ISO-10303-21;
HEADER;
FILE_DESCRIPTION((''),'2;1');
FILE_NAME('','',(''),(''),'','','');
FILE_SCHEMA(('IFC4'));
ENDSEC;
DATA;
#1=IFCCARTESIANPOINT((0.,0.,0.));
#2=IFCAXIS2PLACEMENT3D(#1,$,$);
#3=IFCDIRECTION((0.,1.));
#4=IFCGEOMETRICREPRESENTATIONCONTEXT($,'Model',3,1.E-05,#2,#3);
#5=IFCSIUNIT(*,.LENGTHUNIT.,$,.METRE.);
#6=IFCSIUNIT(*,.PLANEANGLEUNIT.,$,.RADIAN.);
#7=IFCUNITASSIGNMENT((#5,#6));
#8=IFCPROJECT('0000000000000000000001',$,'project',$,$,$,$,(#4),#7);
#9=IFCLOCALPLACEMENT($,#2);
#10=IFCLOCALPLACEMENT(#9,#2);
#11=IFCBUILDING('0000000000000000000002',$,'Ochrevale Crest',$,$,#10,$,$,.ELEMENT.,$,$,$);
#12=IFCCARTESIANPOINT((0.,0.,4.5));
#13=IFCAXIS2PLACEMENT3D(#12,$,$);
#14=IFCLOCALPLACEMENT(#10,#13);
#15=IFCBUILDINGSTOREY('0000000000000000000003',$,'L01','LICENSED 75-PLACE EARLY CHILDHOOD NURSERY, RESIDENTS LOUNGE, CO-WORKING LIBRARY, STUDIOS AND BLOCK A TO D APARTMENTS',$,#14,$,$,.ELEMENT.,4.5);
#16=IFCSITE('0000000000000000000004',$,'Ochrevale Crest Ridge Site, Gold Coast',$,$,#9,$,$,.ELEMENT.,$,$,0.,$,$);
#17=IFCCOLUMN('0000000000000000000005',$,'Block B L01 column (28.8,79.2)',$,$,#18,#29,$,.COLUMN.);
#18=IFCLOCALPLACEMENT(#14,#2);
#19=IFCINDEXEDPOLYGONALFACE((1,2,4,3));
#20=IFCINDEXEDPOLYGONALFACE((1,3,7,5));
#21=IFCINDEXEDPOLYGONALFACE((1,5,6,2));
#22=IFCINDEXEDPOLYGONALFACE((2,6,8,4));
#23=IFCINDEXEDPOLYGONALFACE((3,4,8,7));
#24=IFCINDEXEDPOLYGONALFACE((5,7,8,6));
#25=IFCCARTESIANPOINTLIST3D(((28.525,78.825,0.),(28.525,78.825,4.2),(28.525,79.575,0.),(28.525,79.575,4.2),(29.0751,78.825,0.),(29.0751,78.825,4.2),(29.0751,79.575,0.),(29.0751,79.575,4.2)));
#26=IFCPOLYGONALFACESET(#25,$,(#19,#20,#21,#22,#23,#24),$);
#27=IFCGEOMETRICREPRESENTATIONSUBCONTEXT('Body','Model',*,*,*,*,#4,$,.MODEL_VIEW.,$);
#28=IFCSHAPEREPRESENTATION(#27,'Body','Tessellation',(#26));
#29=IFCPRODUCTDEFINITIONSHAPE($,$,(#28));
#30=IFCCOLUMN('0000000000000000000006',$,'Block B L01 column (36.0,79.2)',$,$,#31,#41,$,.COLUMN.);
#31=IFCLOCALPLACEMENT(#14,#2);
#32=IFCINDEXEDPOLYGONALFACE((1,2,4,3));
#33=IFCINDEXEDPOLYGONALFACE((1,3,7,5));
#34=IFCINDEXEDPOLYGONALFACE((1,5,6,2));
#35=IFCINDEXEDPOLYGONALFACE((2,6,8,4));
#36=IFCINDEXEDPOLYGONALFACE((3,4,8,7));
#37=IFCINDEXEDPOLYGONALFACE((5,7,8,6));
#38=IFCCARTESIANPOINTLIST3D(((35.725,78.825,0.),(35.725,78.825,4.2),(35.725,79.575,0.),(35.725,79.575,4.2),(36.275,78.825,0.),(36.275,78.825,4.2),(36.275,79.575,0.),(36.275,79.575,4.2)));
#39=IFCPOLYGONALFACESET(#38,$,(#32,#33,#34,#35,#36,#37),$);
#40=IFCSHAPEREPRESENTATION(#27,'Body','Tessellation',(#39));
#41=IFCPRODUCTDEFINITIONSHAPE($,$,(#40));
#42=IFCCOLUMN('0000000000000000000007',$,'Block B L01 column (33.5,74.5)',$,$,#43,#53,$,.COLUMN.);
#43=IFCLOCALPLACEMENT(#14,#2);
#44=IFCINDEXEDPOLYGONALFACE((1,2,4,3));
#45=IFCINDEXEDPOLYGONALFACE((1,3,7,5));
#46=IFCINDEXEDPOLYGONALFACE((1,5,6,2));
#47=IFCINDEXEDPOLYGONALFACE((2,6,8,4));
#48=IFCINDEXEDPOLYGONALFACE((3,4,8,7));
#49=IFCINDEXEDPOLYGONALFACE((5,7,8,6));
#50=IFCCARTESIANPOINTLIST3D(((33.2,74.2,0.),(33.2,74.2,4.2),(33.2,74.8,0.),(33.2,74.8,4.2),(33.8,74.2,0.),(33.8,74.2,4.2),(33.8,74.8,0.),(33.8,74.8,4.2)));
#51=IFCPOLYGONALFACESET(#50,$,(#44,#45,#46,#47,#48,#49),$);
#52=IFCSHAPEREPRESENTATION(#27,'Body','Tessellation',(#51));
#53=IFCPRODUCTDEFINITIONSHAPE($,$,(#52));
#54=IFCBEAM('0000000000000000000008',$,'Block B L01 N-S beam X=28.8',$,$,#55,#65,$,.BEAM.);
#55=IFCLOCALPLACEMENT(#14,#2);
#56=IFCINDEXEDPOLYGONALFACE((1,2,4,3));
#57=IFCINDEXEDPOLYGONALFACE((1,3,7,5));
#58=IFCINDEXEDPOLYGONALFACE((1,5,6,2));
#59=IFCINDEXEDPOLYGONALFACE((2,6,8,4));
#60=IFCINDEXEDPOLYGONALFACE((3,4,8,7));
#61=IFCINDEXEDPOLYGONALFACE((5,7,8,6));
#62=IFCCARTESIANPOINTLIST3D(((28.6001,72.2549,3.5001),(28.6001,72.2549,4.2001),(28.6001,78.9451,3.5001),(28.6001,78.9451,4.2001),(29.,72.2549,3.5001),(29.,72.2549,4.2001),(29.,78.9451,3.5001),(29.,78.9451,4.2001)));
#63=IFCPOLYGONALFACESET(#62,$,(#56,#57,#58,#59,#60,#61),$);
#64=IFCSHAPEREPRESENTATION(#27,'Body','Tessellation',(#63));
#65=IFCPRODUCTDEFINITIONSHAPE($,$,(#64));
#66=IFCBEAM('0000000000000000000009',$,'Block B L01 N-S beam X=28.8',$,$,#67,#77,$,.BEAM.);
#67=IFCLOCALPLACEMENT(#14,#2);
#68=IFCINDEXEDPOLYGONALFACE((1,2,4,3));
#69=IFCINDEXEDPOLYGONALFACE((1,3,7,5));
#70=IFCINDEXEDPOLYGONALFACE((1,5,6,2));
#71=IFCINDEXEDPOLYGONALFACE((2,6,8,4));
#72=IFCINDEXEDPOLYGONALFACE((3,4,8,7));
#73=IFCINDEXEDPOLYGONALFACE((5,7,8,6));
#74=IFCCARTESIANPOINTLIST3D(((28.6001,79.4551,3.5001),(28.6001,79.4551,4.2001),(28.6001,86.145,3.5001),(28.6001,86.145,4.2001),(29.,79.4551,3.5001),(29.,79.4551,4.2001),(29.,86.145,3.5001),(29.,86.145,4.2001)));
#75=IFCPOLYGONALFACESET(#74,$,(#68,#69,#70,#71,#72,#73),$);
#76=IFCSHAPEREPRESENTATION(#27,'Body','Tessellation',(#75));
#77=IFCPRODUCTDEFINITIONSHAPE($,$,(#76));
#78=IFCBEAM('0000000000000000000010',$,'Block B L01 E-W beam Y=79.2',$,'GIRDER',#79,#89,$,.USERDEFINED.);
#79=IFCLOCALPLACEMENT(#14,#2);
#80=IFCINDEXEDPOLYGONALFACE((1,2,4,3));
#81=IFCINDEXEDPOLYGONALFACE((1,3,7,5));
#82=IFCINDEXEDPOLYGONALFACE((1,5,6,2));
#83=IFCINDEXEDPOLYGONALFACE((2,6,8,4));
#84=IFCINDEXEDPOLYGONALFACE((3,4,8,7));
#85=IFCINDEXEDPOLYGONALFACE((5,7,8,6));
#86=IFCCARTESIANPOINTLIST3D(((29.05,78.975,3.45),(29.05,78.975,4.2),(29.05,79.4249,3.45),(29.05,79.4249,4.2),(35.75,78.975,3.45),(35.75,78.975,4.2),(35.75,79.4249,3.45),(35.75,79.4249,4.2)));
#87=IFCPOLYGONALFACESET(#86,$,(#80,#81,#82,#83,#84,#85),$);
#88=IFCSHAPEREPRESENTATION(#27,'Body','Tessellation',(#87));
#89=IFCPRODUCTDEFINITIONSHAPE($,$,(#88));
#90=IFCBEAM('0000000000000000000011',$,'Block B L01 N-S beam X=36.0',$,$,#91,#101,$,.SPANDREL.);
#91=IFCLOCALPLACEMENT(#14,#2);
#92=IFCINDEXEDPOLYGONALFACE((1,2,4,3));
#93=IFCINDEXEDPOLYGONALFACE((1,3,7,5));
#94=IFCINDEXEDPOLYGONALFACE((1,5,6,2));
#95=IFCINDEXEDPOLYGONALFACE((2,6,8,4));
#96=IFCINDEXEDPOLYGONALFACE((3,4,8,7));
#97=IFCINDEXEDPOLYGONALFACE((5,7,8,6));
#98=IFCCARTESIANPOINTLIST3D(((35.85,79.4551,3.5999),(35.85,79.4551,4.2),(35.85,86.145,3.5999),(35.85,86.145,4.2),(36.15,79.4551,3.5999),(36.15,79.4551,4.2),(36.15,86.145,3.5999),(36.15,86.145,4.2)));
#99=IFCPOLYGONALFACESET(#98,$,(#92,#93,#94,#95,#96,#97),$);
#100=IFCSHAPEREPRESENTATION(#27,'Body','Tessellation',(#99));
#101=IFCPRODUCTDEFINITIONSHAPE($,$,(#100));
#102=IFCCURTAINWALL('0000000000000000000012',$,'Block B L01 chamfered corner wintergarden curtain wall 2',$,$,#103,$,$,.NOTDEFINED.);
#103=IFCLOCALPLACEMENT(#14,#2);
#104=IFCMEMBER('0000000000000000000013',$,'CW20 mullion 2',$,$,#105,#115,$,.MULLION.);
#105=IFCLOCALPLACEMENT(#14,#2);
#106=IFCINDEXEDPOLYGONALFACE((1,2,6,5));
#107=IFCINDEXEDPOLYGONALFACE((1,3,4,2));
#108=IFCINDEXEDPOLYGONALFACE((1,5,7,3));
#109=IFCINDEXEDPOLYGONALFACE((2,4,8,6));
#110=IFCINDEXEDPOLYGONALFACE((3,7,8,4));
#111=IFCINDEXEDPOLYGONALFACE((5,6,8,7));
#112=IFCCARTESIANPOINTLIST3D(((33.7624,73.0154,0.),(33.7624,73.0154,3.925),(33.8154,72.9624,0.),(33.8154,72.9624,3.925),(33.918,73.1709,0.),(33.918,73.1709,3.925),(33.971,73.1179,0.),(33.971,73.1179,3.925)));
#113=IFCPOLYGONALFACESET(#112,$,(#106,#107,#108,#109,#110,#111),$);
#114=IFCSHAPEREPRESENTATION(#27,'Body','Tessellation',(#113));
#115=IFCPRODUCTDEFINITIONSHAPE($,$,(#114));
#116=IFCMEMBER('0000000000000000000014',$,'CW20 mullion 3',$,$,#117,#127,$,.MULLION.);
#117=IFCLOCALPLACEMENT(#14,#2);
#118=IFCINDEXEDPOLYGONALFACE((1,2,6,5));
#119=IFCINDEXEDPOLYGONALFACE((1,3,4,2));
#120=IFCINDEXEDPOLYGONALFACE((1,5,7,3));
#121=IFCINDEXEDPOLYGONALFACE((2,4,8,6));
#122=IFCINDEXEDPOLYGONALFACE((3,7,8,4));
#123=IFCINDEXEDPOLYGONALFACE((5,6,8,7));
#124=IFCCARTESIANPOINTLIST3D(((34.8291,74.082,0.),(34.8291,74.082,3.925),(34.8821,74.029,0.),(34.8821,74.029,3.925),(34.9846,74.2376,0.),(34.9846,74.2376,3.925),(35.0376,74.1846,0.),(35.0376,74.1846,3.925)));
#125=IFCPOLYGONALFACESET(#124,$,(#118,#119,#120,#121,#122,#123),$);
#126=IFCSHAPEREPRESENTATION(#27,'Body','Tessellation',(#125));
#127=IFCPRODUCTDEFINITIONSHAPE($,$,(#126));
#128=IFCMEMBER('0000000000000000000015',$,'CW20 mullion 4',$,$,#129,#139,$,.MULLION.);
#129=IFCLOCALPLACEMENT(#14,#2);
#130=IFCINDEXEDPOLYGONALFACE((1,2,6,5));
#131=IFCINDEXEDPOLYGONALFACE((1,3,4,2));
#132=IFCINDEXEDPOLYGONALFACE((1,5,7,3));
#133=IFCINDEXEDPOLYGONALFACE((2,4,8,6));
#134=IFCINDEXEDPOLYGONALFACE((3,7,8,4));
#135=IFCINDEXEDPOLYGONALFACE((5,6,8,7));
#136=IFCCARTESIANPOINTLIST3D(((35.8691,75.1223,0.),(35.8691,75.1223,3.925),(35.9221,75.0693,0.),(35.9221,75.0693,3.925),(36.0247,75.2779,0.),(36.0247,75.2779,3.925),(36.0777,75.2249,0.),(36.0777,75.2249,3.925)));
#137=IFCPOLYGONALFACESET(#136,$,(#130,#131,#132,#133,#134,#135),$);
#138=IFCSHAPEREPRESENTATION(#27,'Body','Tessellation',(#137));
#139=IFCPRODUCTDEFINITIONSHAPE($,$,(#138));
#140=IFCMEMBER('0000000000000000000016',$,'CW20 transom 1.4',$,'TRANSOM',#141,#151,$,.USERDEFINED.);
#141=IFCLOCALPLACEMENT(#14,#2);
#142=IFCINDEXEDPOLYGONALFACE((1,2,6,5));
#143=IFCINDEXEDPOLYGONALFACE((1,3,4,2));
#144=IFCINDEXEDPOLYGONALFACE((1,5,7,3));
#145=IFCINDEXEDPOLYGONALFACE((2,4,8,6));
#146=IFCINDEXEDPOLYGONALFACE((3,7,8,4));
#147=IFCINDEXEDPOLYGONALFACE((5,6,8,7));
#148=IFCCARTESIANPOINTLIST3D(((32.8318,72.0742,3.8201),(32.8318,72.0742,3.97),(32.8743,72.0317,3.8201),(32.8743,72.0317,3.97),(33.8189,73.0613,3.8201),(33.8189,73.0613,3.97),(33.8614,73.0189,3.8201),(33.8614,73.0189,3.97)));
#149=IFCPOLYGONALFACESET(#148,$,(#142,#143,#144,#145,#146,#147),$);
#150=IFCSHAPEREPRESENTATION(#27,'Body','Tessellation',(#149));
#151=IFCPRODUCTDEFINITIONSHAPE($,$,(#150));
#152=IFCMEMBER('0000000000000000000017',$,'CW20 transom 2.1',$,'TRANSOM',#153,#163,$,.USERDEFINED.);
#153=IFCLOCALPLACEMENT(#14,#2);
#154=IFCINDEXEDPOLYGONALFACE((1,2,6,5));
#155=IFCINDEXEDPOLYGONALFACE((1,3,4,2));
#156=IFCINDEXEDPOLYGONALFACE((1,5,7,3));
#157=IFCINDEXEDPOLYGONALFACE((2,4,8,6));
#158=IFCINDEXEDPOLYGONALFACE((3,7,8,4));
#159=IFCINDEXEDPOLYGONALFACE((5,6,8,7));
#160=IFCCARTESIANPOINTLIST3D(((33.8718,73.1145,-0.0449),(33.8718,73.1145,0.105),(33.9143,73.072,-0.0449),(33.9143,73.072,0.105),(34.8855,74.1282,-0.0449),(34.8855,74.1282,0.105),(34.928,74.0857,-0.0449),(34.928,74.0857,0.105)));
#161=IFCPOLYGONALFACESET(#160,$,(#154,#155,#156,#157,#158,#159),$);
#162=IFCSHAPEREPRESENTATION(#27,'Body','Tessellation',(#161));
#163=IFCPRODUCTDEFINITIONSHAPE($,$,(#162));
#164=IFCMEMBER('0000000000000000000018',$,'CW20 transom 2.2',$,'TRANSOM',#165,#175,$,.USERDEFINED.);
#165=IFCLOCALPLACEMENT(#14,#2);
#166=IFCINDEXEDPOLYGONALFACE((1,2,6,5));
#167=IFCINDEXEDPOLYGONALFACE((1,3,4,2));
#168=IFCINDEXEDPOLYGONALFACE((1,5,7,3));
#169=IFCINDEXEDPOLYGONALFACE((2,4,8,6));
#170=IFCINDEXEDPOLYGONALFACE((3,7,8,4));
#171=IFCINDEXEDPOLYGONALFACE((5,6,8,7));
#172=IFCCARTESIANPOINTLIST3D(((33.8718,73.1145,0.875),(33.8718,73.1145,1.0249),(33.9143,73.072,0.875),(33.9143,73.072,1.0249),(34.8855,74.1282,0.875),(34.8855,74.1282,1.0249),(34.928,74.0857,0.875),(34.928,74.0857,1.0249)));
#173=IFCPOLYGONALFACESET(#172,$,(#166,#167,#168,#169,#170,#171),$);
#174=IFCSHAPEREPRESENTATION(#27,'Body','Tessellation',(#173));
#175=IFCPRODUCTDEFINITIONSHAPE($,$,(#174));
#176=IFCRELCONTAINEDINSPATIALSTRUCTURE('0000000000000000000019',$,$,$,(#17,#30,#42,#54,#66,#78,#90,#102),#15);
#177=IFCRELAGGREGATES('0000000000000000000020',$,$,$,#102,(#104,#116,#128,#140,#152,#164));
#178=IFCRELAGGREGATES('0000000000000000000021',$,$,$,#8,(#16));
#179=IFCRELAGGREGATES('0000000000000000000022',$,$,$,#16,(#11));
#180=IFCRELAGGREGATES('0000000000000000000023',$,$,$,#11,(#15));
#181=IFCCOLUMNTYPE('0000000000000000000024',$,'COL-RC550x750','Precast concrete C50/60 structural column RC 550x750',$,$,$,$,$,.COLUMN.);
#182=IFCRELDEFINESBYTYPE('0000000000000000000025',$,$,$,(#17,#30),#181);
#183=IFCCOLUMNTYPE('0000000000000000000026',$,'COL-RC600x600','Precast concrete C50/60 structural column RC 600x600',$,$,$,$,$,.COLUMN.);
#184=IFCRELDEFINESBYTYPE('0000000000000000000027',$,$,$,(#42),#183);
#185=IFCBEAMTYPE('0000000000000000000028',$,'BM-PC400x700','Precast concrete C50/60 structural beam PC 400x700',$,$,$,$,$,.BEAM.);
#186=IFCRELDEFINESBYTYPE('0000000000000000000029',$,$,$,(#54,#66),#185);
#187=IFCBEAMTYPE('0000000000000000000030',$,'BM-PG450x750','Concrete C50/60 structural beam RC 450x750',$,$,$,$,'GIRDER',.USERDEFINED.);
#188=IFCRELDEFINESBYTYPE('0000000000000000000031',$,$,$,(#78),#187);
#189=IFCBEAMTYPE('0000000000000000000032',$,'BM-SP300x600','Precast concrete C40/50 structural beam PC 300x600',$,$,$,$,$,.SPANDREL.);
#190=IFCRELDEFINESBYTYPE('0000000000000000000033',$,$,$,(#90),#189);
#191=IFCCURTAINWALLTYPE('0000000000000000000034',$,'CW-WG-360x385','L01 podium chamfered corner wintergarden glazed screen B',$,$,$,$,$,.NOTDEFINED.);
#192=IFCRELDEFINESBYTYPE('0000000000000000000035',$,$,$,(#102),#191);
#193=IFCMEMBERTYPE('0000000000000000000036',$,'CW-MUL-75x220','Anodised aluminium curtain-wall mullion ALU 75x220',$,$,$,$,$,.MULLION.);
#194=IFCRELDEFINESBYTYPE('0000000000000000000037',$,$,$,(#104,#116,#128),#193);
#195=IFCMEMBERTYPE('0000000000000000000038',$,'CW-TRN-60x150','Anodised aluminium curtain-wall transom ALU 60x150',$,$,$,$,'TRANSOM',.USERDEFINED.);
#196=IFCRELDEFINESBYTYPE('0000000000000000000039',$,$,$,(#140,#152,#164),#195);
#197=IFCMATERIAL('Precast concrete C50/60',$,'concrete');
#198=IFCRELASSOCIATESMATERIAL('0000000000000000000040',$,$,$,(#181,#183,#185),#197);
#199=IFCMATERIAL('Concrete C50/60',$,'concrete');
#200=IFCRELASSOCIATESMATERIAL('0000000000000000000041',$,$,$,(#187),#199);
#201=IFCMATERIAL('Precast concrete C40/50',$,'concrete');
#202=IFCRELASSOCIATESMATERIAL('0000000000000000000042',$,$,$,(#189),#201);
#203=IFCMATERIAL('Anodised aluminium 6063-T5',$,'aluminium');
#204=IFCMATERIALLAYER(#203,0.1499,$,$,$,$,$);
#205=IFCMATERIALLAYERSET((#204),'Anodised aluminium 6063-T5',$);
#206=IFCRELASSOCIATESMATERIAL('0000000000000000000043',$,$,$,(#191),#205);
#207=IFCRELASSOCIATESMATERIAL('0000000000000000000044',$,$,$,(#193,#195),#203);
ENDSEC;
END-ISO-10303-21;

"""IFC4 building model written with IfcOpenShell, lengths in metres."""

from ifc_helpers import new_model, si_unit, direction, frame, origin, origin_2d, place, context, subcontext, project, spatial, rectangle, extrude, material, layer, layer_set, material_profile, profile_set, type_object, element, aggregate, save


model = new_model("IFC4")

# Units and contexts
model_context = context("Model", 3, precision=1e-05, world=origin(), true_north=direction((0.0, 1.0)))
body_context = subcontext(model_context, "Body", "Model", "MODEL_VIEW")
ifc_project = project(units=[si_unit("LENGTHUNIT", "METRE"), si_unit("PLANEANGLEUNIT", "RADIAN")], contexts=[model_context])

# Site, building, storey
site_placement = place(None, origin())
site = spatial("IfcSite", under=ifc_project, at=site_placement, Name="Ochrevale Crest Ridge Site, Gold Coast", CompositionType="ELEMENT", RefElevation=0.0)
building_placement = place(site_placement, origin())
building = spatial("IfcBuilding", under=site, at=building_placement, Name="Ochrevale Crest", CompositionType="ELEMENT")
storey_placement = place(building_placement, frame((0.0, 0.0, 4.5)))
storey = spatial("IfcBuildingStorey", under=building, at=storey_placement, Name="L01", Description="LICENSED 75-PLACE EARLY CHILDHOOD NURSERY, RESIDENTS LOUNGE, CO-WORKING LIBRARY, STUDIOS AND BLOCK A TO D APARTMENTS", CompositionType="ELEMENT", Elevation=4.5)

# Columns
ifc_material_1 = material(Name="Precast concrete C50/60", Category="concrete")
ifc_material_profile_1 = material_profile(ifc_material_1, rectangle(XDim=0.55, YDim=0.75, at=origin_2d()), Name="RC 550x750")
ifc_profile_set_1 = profile_set([ifc_material_profile_1], Name="Precast concrete C50/60")
column_type_1 = type_object("IfcColumnType", Name="COL-RC550x750", Description="Precast concrete C50/60 structural column RC 550x750", PredefinedType="COLUMN", material=ifc_profile_set_1)
for number, where, z_axis, x_axis, name in (
    (1, (28.8, 79.2, 0.0), (0.0, 0.0, 1.0), (1.0, 0.0, 0.0), "Block B L01 column (28.8,79.2)"),
    (2, (36.0, 79.2, 0.0), (0.0, 0.0, 1.0), (1.0, 0.0, 0.0), "Block B L01 column (36.0,79.2)"),
):
    element("IfcColumn", number, at=place(storey_placement, frame(where, z_axis=z_axis, x_axis=x_axis)), inside=storey, type_object=column_type_1, Name=name, PredefinedType="COLUMN", context=body_context, shape_type="SweptSolid", body=[
        extrude(rectangle(XDim=0.55, YDim=0.75, at=origin_2d()), origin(), (0.0, 0.0, 1.0), 4.2),
    ])
ifc_material_profile_2 = material_profile(ifc_material_1, rectangle(XDim=0.6001, YDim=0.6001, at=origin_2d()), Name="RC 600x600")
ifc_profile_set_2 = profile_set([ifc_material_profile_2], Name="Precast concrete C50/60")
column_type_2 = type_object("IfcColumnType", Name="COL-RC600x600", Description="Precast concrete C50/60 structural column RC 600x600", PredefinedType="COLUMN", material=ifc_profile_set_2)
column_placement = place(storey_placement, frame((33.5, 74.5, 0.0), z_axis=(0.0, 0.0, 1.0), x_axis=(1.0, 0.0, 0.0)))
element("IfcColumn", 3, at=column_placement, inside=storey, type_object=column_type_2, Name="Block B L01 column (33.5,74.5)", PredefinedType="COLUMN", context=body_context, shape_type="SweptSolid", body=[
    extrude(rectangle(XDim=0.6001, YDim=0.6001, at=origin_2d()), origin(), (0.0, 0.0, 1.0), 4.2),
])

# Beams
ifc_material_profile_3 = material_profile(ifc_material_1, rectangle(XDim=0.3999, YDim=0.7, at=origin_2d()), Name="PC 400x700")
ifc_profile_set_3 = profile_set([ifc_material_profile_3], Name="Precast concrete C50/60")
beam_type_1 = type_object("IfcBeamType", Name="BM-PC400x700", Description="Precast concrete C50/60 structural beam PC 400x700", PredefinedType="BEAM", material=ifc_profile_set_3)
beam_1_placement = place(storey_placement, frame((28.8, 72.2549, 3.8501), z_axis=(0.0, 1.0, 0.0), x_axis=(-1.0, 0.0, 0.0)))
element("IfcBeam", 4, at=beam_1_placement, inside=storey, type_object=beam_type_1, Name="Block B L01 N-S beam X=28.8", PredefinedType="BEAM", context=body_context, shape_type="SweptSolid", body=[
    extrude(rectangle(XDim=0.3999, YDim=0.7, at=origin_2d()), origin(), (0.0, 0.0, 1.0), 6.6902),
])
beam_2_placement = place(storey_placement, frame((28.8, 79.4551, 3.8501), z_axis=(0.0, 1.0, 0.0), x_axis=(-1.0, 0.0, 0.0)))
element("IfcBeam", 5, at=beam_2_placement, inside=storey, type_object=beam_type_1, Name="Block B L01 N-S beam X=28.8", PredefinedType="BEAM", context=body_context, shape_type="SweptSolid", body=[
    extrude(rectangle(XDim=0.3999, YDim=0.7, at=origin_2d()), origin(), (0.0, 0.0, 1.0), 6.6899),
])
ifc_material_2 = material(Name="Concrete C50/60", Category="concrete")
ifc_material_profile_4 = material_profile(ifc_material_2, rectangle(XDim=0.45, YDim=0.75, at=origin_2d()), Name="RC 450x750")
ifc_profile_set_4 = profile_set([ifc_material_profile_4], Name="Concrete C50/60")
beam_type_2 = type_object("IfcBeamType", Name="BM-PG450x750", Description="Concrete C50/60 structural beam RC 450x750", ElementType="GIRDER", PredefinedType="USERDEFINED", material=ifc_profile_set_4)
beam_3_placement = place(storey_placement, frame((29.05, 79.2, 3.825), z_axis=(1.0, 0.0, 0.0), x_axis=(0.0, 1.0, 0.0)))
element("IfcBeam", 6, at=beam_3_placement, inside=storey, type_object=beam_type_2, Name="Block B L01 E-W beam Y=79.2", ObjectType="GIRDER", PredefinedType="USERDEFINED", context=body_context, shape_type="SweptSolid", body=[
    extrude(rectangle(XDim=0.45, YDim=0.75, at=origin_2d()), origin(), (0.0, 0.0, 1.0), 6.7),
])
ifc_material_3 = material(Name="Precast concrete C40/50", Category="concrete")
ifc_material_profile_5 = material_profile(ifc_material_3, rectangle(XDim=0.3, YDim=0.6001, at=origin_2d()), Name="PC 300x600")
ifc_profile_set_5 = profile_set([ifc_material_profile_5], Name="Precast concrete C40/50")
beam_type_3 = type_object("IfcBeamType", Name="BM-SP300x600", Description="Precast concrete C40/50 structural beam PC 300x600", PredefinedType="SPANDREL", material=ifc_profile_set_5)
beam_4_placement = place(storey_placement, frame((36.0, 79.4551, 3.8999), z_axis=(0.0, 1.0, 0.0), x_axis=(-1.0, 0.0, 0.0)))
element("IfcBeam", 7, at=beam_4_placement, inside=storey, type_object=beam_type_3, Name="Block B L01 N-S beam X=36.0", PredefinedType="SPANDREL", context=body_context, shape_type="SweptSolid", body=[
    extrude(rectangle(XDim=0.3, YDim=0.6001, at=origin_2d()), origin(), (0.0, 0.0, 1.0), 6.6899),
])

# Curtain wall, members
ifc_material_4 = material(Name="Anodised aluminium 6063-T5", Category="aluminium")
ifc_layer_1 = layer(ifc_material_4, 0.1499)
ifc_layer_set_1 = layer_set([ifc_layer_1], Name="Anodised aluminium 6063-T5")
curtain_wall_type = type_object("IfcCurtainWallType", Name="CW-WG-360x385", Description="L01 podium chamfered corner wintergarden glazed screen B", PredefinedType="NOTDEFINED", material=ifc_layer_set_1)
curtain_wall_placement = place(storey_placement, origin())
curtain_wall = element("IfcCurtainWall", 8, at=curtain_wall_placement, inside=storey, type_object=curtain_wall_type, Name="Block B L01 chamfered corner wintergarden curtain wall 2", PredefinedType="NOTDEFINED")
ifc_material_profile_6 = material_profile(ifc_material_4, rectangle(XDim=0.075, YDim=0.22, at=origin_2d()), Name="ALU 75x220")
ifc_profile_set_6 = profile_set([ifc_material_profile_6], Name="Anodised aluminium 6063-T5")
member_type_1 = type_object("IfcMemberType", Name="CW-MUL-75x220", Description="Anodised aluminium curtain-wall mullion ALU 75x220", PredefinedType="MULLION", material=ifc_profile_set_6)
member_1_placement = place(storey_placement, frame((33.8667, 73.0667, 0.0), z_axis=(0.0, 0.0, 1.0), x_axis=(-0.707107, 0.707107, 0.0)))
member_1 = element("IfcMember", 9, at=member_1_placement, type_object=member_type_1, Name="CW20 mullion 2", PredefinedType="MULLION", context=body_context, shape_type="SweptSolid", body=[
    extrude(rectangle(XDim=0.075, YDim=0.22, at=origin_2d()), origin(), (0.0, 0.0, 1.0), 3.925),
])
member_2_placement = place(storey_placement, frame((34.9333, 74.1333, 0.0), z_axis=(0.0, 0.0, 1.0), x_axis=(-0.707107, 0.707107, 0.0)))
member_2 = element("IfcMember", 10, at=member_2_placement, type_object=member_type_1, Name="CW20 mullion 3", PredefinedType="MULLION", context=body_context, shape_type="SweptSolid", body=[
    extrude(rectangle(XDim=0.075, YDim=0.22, at=origin_2d()), origin(), (0.0, 0.0, 1.0), 3.925),
])
member_3_placement = place(storey_placement, frame((35.9734, 75.1736, 0.0), z_axis=(0.0, 0.0, 1.0), x_axis=(-0.707107, 0.707107, 0.0)))
member_3 = element("IfcMember", 11, at=member_3_placement, type_object=member_type_1, Name="CW20 mullion 4", PredefinedType="MULLION", context=body_context, shape_type="SweptSolid", body=[
    extrude(rectangle(XDim=0.075, YDim=0.22, at=origin_2d()), origin(), (0.0, 0.0, 1.0), 3.925),
])
ifc_material_profile_7 = material_profile(ifc_material_4, rectangle(XDim=0.0601, YDim=0.1499, at=origin_2d()), Name="ALU 60x150")
ifc_profile_set_7 = profile_set([ifc_material_profile_7], Name="Anodised aluminium 6063-T5")
member_type_2 = type_object("IfcMemberType", Name="CW-TRN-60x150", Description="Anodised aluminium curtain-wall transom ALU 60x150", ElementType="TRANSOM", PredefinedType="USERDEFINED", material=ifc_profile_set_7)
member_4_placement = place(storey_placement, frame((32.853, 72.053, 3.895), z_axis=(0.707107, 0.707107, 0.0), x_axis=(-0.707107, 0.707107, 0.0)))
member_4 = element("IfcMember", 12, at=member_4_placement, type_object=member_type_2, Name="CW20 transom 1.4", ObjectType="TRANSOM", PredefinedType="USERDEFINED", context=body_context, shape_type="SweptSolid", body=[
    extrude(rectangle(XDim=0.0601, YDim=0.1499, at=origin_2d()), origin(), (0.0, 0.0, 1.0), 1.396),
])
member_5_placement = place(storey_placement, frame((33.8931, 73.0933, 0.03), z_axis=(0.707107, 0.707107, 0.0), x_axis=(-0.707107, 0.707107, 0.0)))
member_5 = element("IfcMember", 13, at=member_5_placement, type_object=member_type_2, Name="CW20 transom 2.1", ObjectType="TRANSOM", PredefinedType="USERDEFINED", context=body_context, shape_type="SweptSolid", body=[
    extrude(rectangle(XDim=0.0601, YDim=0.1499, at=origin_2d()), origin(), (0.0, 0.0, 1.0), 1.4336),
])
member_6_placement = place(storey_placement, frame((33.8931, 73.0933, 0.95), z_axis=(0.707107, 0.707107, 0.0), x_axis=(-0.707107, 0.707107, 0.0)))
member_6 = element("IfcMember", 14, at=member_6_placement, type_object=member_type_2, Name="CW20 transom 2.2", ObjectType="TRANSOM", PredefinedType="USERDEFINED", context=body_context, shape_type="SweptSolid", body=[
    extrude(rectangle(XDim=0.0601, YDim=0.1499, at=origin_2d()), origin(), (0.0, 0.0, 1.0), 1.4336),
])
aggregate(curtain_wall, [member_1, member_2, member_3, member_4, member_5, member_6])

save(model, "model.ifc")
